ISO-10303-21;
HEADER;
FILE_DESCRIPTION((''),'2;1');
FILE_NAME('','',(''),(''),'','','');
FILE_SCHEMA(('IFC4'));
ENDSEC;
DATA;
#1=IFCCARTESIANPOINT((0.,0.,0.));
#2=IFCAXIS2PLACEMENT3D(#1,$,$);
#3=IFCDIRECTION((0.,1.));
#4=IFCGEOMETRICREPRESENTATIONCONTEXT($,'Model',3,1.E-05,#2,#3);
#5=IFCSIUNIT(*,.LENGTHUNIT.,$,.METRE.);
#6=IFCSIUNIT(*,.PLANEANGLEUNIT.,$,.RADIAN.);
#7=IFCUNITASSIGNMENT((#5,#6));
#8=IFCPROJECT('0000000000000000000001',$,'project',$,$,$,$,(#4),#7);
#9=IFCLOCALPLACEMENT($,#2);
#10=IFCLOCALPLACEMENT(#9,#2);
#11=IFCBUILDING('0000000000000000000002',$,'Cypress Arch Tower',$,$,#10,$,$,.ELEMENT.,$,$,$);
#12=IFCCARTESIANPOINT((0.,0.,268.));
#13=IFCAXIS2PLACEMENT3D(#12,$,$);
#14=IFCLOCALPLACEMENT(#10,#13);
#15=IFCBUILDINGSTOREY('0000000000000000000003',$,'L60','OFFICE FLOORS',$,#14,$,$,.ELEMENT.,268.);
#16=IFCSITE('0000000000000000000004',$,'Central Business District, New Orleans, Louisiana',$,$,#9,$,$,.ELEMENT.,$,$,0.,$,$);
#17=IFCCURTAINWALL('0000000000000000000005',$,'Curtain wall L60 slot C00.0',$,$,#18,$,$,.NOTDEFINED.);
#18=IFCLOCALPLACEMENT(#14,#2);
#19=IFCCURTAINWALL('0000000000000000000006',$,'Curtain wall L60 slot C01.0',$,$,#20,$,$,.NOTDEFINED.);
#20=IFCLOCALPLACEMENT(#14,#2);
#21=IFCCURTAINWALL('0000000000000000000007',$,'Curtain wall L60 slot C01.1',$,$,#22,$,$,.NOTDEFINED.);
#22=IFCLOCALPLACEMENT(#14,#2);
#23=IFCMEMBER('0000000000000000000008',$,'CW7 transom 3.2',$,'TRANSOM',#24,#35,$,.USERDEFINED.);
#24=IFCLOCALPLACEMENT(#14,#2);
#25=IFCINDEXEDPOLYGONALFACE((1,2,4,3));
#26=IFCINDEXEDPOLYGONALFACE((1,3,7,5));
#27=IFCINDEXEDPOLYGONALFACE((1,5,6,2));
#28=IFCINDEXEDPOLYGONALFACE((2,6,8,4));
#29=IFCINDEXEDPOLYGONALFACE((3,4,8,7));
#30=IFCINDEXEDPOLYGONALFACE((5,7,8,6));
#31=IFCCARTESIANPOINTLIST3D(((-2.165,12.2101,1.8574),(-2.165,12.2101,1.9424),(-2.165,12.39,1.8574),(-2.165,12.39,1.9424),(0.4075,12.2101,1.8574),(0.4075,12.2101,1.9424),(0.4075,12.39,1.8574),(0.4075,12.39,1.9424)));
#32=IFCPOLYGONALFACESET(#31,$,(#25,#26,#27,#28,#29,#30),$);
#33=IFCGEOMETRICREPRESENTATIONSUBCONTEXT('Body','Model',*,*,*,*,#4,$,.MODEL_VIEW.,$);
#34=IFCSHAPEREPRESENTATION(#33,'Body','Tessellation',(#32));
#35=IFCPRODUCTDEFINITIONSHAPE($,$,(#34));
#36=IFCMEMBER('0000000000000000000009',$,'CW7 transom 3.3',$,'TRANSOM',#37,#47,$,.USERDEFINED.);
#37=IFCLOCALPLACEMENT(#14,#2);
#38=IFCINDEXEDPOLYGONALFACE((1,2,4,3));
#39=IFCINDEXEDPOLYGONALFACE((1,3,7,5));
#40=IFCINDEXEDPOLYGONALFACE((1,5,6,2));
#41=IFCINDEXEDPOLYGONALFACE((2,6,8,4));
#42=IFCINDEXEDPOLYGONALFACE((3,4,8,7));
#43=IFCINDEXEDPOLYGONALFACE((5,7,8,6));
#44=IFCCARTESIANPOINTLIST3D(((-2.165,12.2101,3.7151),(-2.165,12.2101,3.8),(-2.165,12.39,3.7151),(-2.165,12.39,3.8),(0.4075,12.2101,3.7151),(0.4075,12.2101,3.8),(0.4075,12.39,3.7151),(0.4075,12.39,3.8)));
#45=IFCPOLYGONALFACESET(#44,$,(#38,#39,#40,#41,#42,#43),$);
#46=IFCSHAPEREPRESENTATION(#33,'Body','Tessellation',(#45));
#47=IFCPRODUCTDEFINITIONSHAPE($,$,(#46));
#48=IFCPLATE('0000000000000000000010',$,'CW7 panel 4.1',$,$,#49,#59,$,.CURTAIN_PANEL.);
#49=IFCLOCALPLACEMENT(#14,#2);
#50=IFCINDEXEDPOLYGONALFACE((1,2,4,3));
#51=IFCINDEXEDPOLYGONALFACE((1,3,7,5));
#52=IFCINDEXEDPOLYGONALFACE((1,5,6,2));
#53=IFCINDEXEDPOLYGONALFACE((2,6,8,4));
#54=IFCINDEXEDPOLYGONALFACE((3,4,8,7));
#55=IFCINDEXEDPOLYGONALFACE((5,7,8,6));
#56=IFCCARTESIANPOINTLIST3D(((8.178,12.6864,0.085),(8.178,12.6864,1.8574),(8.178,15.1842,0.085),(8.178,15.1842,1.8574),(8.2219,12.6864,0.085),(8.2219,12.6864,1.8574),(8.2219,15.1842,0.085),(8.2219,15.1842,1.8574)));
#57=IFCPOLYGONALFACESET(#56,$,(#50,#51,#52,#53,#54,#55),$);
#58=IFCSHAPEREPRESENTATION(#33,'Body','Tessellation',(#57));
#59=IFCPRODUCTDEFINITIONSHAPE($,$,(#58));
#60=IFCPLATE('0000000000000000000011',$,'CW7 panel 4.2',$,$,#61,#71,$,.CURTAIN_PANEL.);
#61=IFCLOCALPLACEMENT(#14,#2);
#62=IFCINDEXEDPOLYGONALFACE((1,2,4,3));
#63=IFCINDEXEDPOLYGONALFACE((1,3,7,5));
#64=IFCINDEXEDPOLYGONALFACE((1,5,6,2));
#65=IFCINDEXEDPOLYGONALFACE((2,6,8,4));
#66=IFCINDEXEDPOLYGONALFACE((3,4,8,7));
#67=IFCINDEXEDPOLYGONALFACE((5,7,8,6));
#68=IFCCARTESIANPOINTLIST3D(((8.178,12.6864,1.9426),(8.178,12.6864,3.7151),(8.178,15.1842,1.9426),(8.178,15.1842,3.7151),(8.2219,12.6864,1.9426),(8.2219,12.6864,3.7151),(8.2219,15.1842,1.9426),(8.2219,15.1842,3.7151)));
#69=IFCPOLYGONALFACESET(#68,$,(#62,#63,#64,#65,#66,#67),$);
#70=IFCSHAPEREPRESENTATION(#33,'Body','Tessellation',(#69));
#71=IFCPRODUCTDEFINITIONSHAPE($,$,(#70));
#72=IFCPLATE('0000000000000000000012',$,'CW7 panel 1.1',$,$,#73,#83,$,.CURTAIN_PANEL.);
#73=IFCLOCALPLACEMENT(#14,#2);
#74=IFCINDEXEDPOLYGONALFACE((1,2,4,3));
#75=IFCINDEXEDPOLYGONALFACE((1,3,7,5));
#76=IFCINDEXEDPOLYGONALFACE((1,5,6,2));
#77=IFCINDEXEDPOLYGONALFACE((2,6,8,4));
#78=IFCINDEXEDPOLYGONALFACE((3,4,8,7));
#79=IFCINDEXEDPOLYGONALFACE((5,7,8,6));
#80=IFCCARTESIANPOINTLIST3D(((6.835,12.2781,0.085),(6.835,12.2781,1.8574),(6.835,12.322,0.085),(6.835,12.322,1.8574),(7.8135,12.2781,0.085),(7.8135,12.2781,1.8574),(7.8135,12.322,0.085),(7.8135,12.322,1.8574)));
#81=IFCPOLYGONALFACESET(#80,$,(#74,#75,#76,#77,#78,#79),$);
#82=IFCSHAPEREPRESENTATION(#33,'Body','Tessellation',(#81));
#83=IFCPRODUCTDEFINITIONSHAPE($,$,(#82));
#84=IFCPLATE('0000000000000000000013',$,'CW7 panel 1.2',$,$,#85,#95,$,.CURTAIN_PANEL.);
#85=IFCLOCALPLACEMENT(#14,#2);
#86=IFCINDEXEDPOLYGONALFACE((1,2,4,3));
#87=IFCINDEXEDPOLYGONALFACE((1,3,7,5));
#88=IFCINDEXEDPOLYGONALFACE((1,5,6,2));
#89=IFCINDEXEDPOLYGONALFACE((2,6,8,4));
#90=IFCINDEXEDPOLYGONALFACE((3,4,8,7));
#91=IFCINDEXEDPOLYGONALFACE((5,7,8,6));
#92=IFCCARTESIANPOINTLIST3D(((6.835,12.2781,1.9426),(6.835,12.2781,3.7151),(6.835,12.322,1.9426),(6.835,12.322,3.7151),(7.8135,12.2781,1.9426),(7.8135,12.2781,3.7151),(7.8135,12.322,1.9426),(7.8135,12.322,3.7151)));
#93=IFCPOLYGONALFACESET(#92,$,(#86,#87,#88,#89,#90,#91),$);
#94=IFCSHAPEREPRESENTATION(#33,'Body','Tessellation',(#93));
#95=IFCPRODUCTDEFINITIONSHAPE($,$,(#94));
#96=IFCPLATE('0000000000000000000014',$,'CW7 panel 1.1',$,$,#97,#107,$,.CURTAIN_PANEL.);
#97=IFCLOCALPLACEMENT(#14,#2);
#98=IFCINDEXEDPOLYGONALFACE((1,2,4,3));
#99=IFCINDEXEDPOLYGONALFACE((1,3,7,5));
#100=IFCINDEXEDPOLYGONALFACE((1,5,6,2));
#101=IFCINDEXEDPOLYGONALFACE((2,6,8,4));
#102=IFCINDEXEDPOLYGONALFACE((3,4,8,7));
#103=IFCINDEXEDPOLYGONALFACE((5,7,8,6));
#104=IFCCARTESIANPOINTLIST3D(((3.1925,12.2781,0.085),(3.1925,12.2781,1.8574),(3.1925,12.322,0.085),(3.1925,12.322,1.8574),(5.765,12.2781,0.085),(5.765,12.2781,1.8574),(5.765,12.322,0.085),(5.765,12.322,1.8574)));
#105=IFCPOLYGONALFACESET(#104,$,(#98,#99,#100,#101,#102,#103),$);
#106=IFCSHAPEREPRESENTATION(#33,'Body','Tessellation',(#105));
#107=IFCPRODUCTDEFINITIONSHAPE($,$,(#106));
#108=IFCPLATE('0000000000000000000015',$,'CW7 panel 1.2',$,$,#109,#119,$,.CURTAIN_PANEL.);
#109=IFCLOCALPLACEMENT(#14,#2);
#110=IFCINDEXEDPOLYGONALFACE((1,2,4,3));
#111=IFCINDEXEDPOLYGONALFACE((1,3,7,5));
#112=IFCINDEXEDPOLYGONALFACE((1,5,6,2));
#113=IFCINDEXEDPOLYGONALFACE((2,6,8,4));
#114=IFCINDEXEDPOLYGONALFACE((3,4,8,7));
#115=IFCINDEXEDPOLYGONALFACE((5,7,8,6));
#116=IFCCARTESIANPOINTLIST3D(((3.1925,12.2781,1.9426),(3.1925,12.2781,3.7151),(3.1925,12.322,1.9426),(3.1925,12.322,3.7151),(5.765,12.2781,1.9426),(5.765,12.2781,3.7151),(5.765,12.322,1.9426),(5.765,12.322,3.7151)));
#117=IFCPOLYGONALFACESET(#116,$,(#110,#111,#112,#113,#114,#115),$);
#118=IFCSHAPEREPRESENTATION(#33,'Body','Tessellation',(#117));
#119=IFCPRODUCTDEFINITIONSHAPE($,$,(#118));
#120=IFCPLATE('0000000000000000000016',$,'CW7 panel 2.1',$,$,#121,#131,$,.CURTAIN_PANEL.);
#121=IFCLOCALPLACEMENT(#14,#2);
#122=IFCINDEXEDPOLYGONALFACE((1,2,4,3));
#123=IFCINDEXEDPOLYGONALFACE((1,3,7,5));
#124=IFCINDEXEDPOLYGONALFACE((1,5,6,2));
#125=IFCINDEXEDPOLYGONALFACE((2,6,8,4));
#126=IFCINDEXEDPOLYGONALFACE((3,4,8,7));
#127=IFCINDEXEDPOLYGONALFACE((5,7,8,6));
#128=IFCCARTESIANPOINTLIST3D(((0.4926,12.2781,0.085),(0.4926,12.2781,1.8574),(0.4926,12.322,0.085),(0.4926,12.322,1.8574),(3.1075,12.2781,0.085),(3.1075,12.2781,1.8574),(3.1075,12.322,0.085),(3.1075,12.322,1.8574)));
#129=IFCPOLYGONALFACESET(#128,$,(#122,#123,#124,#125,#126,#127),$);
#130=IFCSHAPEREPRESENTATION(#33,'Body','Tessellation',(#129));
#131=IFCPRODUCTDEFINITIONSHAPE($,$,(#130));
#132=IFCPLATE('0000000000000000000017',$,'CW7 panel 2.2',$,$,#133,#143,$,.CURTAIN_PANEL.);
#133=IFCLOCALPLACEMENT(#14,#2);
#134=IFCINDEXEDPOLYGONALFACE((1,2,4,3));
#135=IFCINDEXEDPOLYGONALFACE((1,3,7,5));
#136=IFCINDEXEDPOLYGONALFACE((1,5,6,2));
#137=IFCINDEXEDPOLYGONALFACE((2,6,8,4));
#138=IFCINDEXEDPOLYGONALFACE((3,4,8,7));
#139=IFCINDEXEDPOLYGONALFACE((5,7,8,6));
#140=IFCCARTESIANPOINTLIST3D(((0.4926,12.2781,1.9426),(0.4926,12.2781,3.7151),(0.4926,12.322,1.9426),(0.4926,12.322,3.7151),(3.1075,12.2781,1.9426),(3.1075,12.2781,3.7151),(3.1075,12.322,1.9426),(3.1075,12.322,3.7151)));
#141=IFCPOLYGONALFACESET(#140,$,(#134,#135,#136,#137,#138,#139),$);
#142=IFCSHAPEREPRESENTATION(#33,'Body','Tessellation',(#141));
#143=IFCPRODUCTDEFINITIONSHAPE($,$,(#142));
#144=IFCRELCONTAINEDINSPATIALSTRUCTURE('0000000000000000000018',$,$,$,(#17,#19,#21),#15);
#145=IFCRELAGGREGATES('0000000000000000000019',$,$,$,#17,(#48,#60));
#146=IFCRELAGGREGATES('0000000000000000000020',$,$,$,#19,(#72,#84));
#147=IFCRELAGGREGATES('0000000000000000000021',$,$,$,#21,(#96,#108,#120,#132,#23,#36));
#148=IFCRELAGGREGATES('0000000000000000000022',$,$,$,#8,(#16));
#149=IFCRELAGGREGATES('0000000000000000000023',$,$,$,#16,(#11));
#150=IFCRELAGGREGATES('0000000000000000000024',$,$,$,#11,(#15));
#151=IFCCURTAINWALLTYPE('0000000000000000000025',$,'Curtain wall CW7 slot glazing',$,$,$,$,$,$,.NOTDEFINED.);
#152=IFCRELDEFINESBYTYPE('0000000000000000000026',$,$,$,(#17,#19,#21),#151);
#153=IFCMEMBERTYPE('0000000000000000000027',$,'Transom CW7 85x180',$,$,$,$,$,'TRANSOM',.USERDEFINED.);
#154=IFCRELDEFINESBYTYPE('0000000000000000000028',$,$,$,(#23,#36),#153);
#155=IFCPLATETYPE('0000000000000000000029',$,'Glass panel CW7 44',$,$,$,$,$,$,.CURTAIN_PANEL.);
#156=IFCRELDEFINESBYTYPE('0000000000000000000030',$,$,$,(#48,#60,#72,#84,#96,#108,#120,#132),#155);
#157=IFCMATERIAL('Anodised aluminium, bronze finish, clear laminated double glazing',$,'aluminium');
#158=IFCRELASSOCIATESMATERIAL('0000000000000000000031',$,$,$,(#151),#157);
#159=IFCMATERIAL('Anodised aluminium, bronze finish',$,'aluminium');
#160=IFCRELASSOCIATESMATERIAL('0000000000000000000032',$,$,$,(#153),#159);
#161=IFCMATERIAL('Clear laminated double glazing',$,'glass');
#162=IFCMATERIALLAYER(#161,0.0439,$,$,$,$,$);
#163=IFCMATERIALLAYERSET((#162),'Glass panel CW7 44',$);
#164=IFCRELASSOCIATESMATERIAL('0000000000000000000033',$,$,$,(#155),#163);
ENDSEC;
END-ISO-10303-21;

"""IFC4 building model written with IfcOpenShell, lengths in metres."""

from ifc_helpers import new_model, si_unit, direction, frame, origin, origin_2d, place, context, subcontext, project, spatial, rectangle, extrude, material, layer, layer_set, material_profile, profile_set, type_object, element, aggregate, save


model = new_model("IFC4")

# Units and contexts
model_context = context("Model", 3, precision=1e-05, world=origin(), true_north=direction((0.0, 1.0)))
body_context = subcontext(model_context, "Body", "Model", "MODEL_VIEW")
ifc_project = project(units=[si_unit("LENGTHUNIT", "METRE"), si_unit("PLANEANGLEUNIT", "RADIAN")], contexts=[model_context])

# Site, building, storey
site_placement = place(None, origin())
site = spatial("IfcSite", under=ifc_project, at=site_placement, Name="Central Business District, New Orleans, Louisiana", CompositionType="ELEMENT", RefElevation=0.0)
building_placement = place(site_placement, origin())
building = spatial("IfcBuilding", under=site, at=building_placement, Name="Cypress Arch Tower", CompositionType="ELEMENT")
storey_placement = place(building_placement, frame((0.0, 0.0, 268.0)))
storey = spatial("IfcBuildingStorey", under=building, at=storey_placement, Name="L60", Description="OFFICE FLOORS", CompositionType="ELEMENT", Elevation=268.0)

# Curtain walls
ifc_material_1 = material(Name="Anodised aluminium, bronze finish, clear laminated double glazing", Category="aluminium")
curtain_wall_type = type_object("IfcCurtainWallType", Name="Curtain wall CW7 slot glazing", PredefinedType="NOTDEFINED", material=ifc_material_1)
curtain_wall_1_placement = place(storey_placement, origin())
curtain_wall_1 = element("IfcCurtainWall", 1, at=curtain_wall_1_placement, inside=storey, type_object=curtain_wall_type, Name="Curtain wall L60 slot C00.0", PredefinedType="NOTDEFINED")
curtain_wall_2_placement = place(storey_placement, origin())
curtain_wall_2 = element("IfcCurtainWall", 2, at=curtain_wall_2_placement, inside=storey, type_object=curtain_wall_type, Name="Curtain wall L60 slot C01.0", PredefinedType="NOTDEFINED")
curtain_wall_3_placement = place(storey_placement, origin())
curtain_wall_3 = element("IfcCurtainWall", 3, at=curtain_wall_3_placement, inside=storey, type_object=curtain_wall_type, Name="Curtain wall L60 slot C01.1", PredefinedType="NOTDEFINED")

# Members
ifc_material_2 = material(Name="Anodised aluminium, bronze finish", Category="aluminium")
ifc_material_profile_1 = material_profile(ifc_material_2, rectangle(XDim=0.1799, YDim=0.085, at=origin_2d()), Name="Transom 85x180")
ifc_profile_set_1 = profile_set([ifc_material_profile_1], Name="Anodised aluminium, bronze finish")
member_type_1 = type_object("IfcMemberType", Name="Transom CW7 85x180", ElementType="TRANSOM", PredefinedType="USERDEFINED", material=ifc_profile_set_1)
member_1_placement = place(storey_placement, frame((0.4075, 12.3, 1.8999), z_axis=(-1.0, 0.0, 0.0), x_axis=(0.0, -1.0, 0.0)))
member_1 = element("IfcMember", 4, at=member_1_placement, type_object=member_type_1, Name="CW7 transom 3.2", ObjectType="TRANSOM", PredefinedType="USERDEFINED", context=body_context, shape_type="SweptSolid", body=[
    extrude(rectangle(XDim=0.1799, YDim=0.085, at=origin_2d()), origin(), (0.0, 0.0, 1.0), 2.5725),
])
member_2_placement = place(storey_placement, frame((0.4075, 12.3, 3.7576), z_axis=(-1.0, 0.0, 0.0), x_axis=(0.0, -1.0, 0.0)))
member_2 = element("IfcMember", 5, at=member_2_placement, type_object=member_type_1, Name="CW7 transom 3.3", ObjectType="TRANSOM", PredefinedType="USERDEFINED", context=body_context, shape_type="SweptSolid", body=[
    extrude(rectangle(XDim=0.1799, YDim=0.085, at=origin_2d()), origin(), (0.0, 0.0, 1.0), 2.5725),
])

# Plates
ifc_material_3 = material(Name="Clear laminated double glazing", Category="glass")
ifc_layer = layer(ifc_material_3, 0.0439)
ifc_layer_set = layer_set([ifc_layer], Name="Glass panel CW7 44")
plate_type = type_object("IfcPlateType", Name="Glass panel CW7 44", PredefinedType="CURTAIN_PANEL", material=ifc_layer_set)
plate_1_placement = place(storey_placement, frame((8.2, 13.9353, 0.085), z_axis=(0.0, 0.0, 1.0), x_axis=(0.0, -1.0, 0.0)))
plate_1 = element("IfcPlate", 6, at=plate_1_placement, type_object=plate_type, Name="CW7 panel 4.1", PredefinedType="CURTAIN_PANEL", context=body_context, shape_type="SweptSolid", body=[
    extrude(rectangle(XDim=2.4978, YDim=0.0439, at=origin_2d()), origin(), (0.0, 0.0, 1.0), 1.7725),
])
plate_2_placement = place(storey_placement, frame((8.2, 13.9353, 1.9426), z_axis=(0.0, 0.0, 1.0), x_axis=(0.0, -1.0, 0.0)))
plate_2 = element("IfcPlate", 7, at=plate_2_placement, type_object=plate_type, Name="CW7 panel 4.2", PredefinedType="CURTAIN_PANEL", context=body_context, shape_type="SweptSolid", body=[
    extrude(rectangle(XDim=2.4978, YDim=0.0439, at=origin_2d()), origin(), (0.0, 0.0, 1.0), 1.7725),
])
aggregate(curtain_wall_1, [plate_1, plate_2])
plate_3_placement = place(storey_placement, frame((7.3242, 12.3, 0.085), z_axis=(0.0, 0.0, 1.0), x_axis=(-1.0, 0.0, 0.0)))
plate_3 = element("IfcPlate", 8, at=plate_3_placement, type_object=plate_type, Name="CW7 panel 1.1", PredefinedType="CURTAIN_PANEL", context=body_context, shape_type="SweptSolid", body=[
    extrude(rectangle(XDim=0.9785, YDim=0.0439, at=origin_2d()), origin(), (0.0, 0.0, 1.0), 1.7725),
])
plate_4_placement = place(storey_placement, frame((7.3242, 12.3, 1.9426), z_axis=(0.0, 0.0, 1.0), x_axis=(-1.0, 0.0, 0.0)))
plate_4 = element("IfcPlate", 9, at=plate_4_placement, type_object=plate_type, Name="CW7 panel 1.2", PredefinedType="CURTAIN_PANEL", context=body_context, shape_type="SweptSolid", body=[
    extrude(rectangle(XDim=0.9785, YDim=0.0439, at=origin_2d()), origin(), (0.0, 0.0, 1.0), 1.7725),
])
aggregate(curtain_wall_2, [plate_3, plate_4])
plate_5_placement = place(storey_placement, frame((4.4788, 12.3, 0.085), z_axis=(0.0, 0.0, 1.0), x_axis=(-1.0, 0.0, 0.0)))
plate_5 = element("IfcPlate", 10, at=plate_5_placement, type_object=plate_type, Name="CW7 panel 1.1", PredefinedType="CURTAIN_PANEL", context=body_context, shape_type="SweptSolid", body=[
    extrude(rectangle(XDim=2.5725, YDim=0.0439, at=origin_2d()), origin(), (0.0, 0.0, 1.0), 1.7725),
])
plate_6_placement = place(storey_placement, frame((4.4788, 12.3, 1.9426), z_axis=(0.0, 0.0, 1.0), x_axis=(-1.0, 0.0, 0.0)))
plate_6 = element("IfcPlate", 11, at=plate_6_placement, type_object=plate_type, Name="CW7 panel 1.2", PredefinedType="CURTAIN_PANEL", context=body_context, shape_type="SweptSolid", body=[
    extrude(rectangle(XDim=2.5725, YDim=0.0439, at=origin_2d()), origin(), (0.0, 0.0, 1.0), 1.7725),
])
plate_7_placement = place(storey_placement, frame((1.8, 12.3, 0.085), z_axis=(0.0, 0.0, 1.0), x_axis=(-1.0, 0.0, 0.0)))
plate_7 = element("IfcPlate", 12, at=plate_7_placement, type_object=plate_type, Name="CW7 panel 2.1", PredefinedType="CURTAIN_PANEL", context=body_context, shape_type="SweptSolid", body=[
    extrude(rectangle(XDim=2.615, YDim=0.0439, at=origin_2d()), origin(), (0.0, 0.0, 1.0), 1.7725),
])
plate_8_placement = place(storey_placement, frame((1.8, 12.3, 1.9426), z_axis=(0.0, 0.0, 1.0), x_axis=(-1.0, 0.0, 0.0)))
plate_8 = element("IfcPlate", 13, at=plate_8_placement, type_object=plate_type, Name="CW7 panel 2.2", PredefinedType="CURTAIN_PANEL", context=body_context, shape_type="SweptSolid", body=[
    extrude(rectangle(XDim=2.615, YDim=0.0439, at=origin_2d()), origin(), (0.0, 0.0, 1.0), 1.7725),
])
aggregate(curtain_wall_3, [plate_5, plate_6, plate_7, plate_8, member_1, member_2])

save(model, "model.ifc")
